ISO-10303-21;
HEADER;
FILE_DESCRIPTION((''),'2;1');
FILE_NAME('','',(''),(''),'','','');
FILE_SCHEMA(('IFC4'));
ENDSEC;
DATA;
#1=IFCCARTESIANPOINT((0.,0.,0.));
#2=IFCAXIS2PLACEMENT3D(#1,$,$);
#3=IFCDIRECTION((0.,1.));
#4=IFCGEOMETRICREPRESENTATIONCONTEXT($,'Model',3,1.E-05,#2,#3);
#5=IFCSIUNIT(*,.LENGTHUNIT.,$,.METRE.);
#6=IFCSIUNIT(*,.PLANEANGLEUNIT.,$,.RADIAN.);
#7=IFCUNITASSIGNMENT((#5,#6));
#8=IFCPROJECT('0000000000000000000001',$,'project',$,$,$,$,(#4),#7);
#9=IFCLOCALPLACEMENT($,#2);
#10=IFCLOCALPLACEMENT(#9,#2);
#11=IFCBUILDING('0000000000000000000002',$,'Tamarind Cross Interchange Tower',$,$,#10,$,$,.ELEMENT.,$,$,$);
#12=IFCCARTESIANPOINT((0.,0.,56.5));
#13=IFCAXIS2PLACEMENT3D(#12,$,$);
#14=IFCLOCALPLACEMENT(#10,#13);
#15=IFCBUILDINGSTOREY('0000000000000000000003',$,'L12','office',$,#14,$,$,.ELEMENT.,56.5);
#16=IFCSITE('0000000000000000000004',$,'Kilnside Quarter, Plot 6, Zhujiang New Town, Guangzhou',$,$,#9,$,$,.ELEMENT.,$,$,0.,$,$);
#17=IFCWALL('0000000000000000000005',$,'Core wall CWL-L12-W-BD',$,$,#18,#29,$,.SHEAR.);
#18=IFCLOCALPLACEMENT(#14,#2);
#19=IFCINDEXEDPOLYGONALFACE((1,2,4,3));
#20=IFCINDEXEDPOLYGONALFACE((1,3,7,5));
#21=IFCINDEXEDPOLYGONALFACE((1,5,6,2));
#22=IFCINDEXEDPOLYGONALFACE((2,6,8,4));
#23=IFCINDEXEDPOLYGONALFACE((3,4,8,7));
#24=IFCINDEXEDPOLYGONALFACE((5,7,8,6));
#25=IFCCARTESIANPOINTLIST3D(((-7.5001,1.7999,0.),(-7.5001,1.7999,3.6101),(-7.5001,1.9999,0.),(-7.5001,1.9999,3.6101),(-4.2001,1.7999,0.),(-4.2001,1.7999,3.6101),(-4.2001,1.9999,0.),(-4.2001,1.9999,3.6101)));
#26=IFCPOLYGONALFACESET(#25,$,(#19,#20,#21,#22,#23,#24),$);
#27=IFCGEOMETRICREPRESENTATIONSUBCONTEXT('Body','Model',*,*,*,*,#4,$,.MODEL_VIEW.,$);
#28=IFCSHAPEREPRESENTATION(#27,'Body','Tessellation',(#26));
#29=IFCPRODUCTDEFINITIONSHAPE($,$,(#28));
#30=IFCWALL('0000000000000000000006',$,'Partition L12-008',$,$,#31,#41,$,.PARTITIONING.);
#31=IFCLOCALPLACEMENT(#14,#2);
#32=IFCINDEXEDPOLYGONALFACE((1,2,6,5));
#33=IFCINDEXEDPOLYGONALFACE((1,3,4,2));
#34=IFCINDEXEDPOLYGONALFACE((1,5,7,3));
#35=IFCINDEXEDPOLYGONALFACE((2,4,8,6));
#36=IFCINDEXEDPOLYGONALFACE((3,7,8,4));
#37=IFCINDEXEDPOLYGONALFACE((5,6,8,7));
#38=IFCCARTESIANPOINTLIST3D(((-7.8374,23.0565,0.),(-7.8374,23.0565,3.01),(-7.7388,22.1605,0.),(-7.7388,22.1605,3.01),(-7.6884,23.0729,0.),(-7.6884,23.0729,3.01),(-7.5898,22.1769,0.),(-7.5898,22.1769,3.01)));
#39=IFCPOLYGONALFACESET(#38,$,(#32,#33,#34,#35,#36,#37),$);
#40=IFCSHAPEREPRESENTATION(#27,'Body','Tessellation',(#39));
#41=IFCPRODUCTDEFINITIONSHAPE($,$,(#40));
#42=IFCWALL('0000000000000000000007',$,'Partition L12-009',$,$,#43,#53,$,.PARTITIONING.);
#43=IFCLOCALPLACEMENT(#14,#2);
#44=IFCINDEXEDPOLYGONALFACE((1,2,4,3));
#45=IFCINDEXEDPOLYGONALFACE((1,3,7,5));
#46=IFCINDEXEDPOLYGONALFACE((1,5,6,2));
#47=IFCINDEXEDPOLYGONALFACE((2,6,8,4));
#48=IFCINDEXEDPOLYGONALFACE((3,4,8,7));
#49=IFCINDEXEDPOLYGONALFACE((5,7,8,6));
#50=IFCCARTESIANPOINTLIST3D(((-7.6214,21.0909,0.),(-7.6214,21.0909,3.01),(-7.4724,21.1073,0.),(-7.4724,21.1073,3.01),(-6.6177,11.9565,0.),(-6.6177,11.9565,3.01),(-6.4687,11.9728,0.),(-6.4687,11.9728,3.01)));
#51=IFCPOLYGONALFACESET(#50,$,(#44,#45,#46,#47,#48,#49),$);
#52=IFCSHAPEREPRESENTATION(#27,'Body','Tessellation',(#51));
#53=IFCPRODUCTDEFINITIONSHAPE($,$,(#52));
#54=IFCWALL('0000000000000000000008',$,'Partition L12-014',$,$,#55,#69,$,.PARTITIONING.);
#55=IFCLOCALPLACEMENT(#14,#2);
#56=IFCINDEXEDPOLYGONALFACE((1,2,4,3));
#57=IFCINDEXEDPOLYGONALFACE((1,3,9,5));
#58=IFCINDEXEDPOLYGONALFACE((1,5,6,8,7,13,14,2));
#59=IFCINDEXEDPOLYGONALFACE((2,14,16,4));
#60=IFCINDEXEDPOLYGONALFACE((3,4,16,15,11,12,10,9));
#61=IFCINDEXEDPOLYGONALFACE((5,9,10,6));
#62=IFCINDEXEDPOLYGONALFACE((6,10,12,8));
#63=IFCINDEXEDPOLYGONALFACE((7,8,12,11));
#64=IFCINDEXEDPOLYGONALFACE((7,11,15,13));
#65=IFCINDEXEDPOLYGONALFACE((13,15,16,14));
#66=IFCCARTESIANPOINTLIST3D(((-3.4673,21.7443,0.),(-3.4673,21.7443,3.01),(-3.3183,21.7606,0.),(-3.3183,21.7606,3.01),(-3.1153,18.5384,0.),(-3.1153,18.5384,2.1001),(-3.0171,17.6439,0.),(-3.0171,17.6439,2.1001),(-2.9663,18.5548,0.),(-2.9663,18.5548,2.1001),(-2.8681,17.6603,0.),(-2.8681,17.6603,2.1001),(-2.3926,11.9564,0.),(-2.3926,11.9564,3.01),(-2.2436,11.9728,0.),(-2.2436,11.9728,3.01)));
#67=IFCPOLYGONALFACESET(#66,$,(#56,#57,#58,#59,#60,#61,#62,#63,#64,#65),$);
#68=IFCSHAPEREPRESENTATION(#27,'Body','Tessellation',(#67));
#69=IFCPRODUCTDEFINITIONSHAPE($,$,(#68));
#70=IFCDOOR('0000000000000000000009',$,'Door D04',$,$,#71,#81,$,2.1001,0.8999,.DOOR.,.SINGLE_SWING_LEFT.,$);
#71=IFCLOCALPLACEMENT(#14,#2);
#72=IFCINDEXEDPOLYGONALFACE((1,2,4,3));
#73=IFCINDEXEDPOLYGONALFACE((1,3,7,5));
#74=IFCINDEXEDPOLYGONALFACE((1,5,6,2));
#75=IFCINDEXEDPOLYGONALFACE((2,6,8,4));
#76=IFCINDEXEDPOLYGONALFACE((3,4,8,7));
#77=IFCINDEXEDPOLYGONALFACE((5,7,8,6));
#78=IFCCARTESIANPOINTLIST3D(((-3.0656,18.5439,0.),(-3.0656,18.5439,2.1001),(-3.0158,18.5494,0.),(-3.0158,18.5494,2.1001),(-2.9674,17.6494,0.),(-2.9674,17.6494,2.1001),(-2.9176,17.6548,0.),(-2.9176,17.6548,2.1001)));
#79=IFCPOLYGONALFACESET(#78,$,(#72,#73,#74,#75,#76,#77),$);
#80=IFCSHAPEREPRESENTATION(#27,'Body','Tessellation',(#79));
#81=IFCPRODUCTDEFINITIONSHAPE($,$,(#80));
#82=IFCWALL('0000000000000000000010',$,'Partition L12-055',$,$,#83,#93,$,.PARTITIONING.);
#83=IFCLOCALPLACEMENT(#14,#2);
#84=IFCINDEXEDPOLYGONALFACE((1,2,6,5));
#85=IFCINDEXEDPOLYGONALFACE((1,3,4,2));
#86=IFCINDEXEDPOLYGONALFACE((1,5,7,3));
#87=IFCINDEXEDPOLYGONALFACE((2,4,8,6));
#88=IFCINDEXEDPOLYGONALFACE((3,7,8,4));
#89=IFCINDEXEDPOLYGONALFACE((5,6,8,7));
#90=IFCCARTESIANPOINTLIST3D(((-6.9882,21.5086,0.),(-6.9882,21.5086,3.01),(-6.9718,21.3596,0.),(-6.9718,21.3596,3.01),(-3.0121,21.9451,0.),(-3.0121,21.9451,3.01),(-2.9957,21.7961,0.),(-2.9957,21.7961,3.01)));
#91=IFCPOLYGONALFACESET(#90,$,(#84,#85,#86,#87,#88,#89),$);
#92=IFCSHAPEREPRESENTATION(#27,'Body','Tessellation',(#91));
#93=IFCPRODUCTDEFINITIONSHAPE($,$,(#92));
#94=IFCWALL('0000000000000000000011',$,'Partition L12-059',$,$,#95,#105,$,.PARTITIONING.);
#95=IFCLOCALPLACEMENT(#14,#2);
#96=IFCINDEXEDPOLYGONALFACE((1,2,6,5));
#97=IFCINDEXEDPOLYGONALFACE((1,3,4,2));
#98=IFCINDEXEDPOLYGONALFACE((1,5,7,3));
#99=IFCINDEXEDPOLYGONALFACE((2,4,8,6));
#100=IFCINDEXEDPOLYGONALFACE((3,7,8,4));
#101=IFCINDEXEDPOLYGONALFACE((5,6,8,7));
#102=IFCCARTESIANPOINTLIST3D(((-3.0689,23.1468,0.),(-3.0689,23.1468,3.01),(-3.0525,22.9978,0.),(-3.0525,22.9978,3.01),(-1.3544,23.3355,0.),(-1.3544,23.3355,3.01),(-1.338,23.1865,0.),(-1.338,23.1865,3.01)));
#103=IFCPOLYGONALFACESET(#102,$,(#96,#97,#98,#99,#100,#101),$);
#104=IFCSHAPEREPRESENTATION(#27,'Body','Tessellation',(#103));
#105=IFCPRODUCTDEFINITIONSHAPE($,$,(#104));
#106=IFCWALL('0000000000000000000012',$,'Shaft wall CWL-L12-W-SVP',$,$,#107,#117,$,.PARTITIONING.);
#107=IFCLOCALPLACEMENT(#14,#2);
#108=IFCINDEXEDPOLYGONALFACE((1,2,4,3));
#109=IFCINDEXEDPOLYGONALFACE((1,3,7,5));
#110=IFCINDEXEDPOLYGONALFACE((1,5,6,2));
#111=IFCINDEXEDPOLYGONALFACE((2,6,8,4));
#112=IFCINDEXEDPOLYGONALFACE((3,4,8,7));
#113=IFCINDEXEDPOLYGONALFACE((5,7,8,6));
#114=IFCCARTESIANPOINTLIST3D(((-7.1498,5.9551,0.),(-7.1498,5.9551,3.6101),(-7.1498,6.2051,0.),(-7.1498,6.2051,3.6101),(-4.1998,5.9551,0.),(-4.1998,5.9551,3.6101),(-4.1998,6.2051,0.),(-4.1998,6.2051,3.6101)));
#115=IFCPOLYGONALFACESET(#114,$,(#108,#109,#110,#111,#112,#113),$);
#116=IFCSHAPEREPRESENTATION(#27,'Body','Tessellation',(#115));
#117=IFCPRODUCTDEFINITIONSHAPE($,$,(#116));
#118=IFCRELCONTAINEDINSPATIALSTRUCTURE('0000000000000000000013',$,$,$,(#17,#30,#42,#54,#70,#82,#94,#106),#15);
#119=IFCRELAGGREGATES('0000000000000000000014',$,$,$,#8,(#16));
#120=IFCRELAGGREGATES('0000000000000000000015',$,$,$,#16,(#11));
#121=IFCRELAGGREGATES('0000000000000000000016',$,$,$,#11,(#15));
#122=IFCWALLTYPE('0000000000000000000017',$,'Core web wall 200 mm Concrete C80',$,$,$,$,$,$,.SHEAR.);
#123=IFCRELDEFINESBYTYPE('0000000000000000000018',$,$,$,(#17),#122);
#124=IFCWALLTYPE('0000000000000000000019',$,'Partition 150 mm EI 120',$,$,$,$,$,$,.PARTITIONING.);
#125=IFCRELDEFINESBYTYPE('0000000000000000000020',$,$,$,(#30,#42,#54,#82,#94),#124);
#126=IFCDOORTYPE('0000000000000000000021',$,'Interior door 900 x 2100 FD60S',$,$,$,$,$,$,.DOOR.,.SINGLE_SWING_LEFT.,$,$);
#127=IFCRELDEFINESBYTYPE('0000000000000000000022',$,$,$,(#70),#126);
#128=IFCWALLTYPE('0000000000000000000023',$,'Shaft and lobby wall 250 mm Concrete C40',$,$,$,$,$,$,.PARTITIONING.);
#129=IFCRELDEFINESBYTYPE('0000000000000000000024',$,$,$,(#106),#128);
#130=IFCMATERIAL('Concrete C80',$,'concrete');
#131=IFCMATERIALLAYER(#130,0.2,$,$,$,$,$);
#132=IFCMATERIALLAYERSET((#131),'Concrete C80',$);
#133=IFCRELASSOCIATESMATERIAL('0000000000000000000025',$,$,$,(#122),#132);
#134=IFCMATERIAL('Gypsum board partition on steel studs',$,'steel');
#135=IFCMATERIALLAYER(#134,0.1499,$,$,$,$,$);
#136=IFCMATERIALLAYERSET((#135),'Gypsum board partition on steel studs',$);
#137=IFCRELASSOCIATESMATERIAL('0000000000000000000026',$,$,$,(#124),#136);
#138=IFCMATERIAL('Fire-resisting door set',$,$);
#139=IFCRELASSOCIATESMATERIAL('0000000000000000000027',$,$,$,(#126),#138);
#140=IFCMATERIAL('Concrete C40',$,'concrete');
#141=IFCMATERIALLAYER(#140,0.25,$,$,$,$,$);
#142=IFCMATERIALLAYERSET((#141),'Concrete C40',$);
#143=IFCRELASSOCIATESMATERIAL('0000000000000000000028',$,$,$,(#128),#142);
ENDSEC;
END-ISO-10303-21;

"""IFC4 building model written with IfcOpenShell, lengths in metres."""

from ifc_helpers import new_model, si_unit, direction, frame, frame_2d, origin, place, context, subcontext, project, spatial, rectangle, extrude, material, layer, layer_set, type_object, element, fill, save


model = new_model("IFC4")

# Units and contexts
model_context = context("Model", 3, precision=1e-05, world=origin(), true_north=direction((0.0, 1.0)))
body_context = subcontext(model_context, "Body", "Model", "MODEL_VIEW")
ifc_project = project(units=[si_unit("LENGTHUNIT", "METRE"), si_unit("PLANEANGLEUNIT", "RADIAN")], contexts=[model_context])

# Site, building, storey
site_placement = place(None, origin())
site = spatial("IfcSite", under=ifc_project, at=site_placement, Name="Kilnside Quarter, Plot 6, Zhujiang New Town, Guangzhou", CompositionType="ELEMENT", RefElevation=0.0)
building_placement = place(site_placement, origin())
building = spatial("IfcBuilding", under=site, at=building_placement, Name="Tamarind Cross Interchange Tower", CompositionType="ELEMENT")
storey_placement = place(building_placement, frame((0.0, 0.0, 56.5)))
storey = spatial("IfcBuildingStorey", under=building, at=storey_placement, Name="L12", Description="office", CompositionType="ELEMENT", Elevation=56.5)

# Walls
ifc_material_1 = material(Name="Concrete C80", Category="concrete")
ifc_layer_1 = layer(ifc_material_1, 0.2)
ifc_layer_set_1 = layer_set([ifc_layer_1], Name="Concrete C80")
wall_type_1 = type_object("IfcWallType", Name="Core web wall 200 mm Concrete C80", PredefinedType="SHEAR", material=ifc_layer_set_1)
wall_1_placement = place(storey_placement, frame((-7.5, 1.8999, 0.0), z_axis=(0.0, 0.0, 1.0), x_axis=(1.0, 0.0, 0.0)))
element("IfcWall", 1, at=wall_1_placement, inside=storey, type_object=wall_type_1, Name="Core wall CWL-L12-W-BD", PredefinedType="SHEAR", context=body_context, shape_type="SweptSolid", body=[
    extrude(rectangle(XDim=3.3, YDim=0.2, at=frame_2d((1.6499, 0.0))), origin(), (0.0, 0.0, 1.0), 3.6101),
])
ifc_material_2 = material(Name="Gypsum board partition on steel studs", Category="steel")
ifc_layer_2 = layer(ifc_material_2, 0.1499)
ifc_layer_set_2 = layer_set([ifc_layer_2], Name="Gypsum board partition on steel studs")
wall_type_2 = type_object("IfcWallType", Name="Partition 150 mm EI 120", PredefinedType="PARTITIONING", material=ifc_layer_set_2)
wall_2_placement = place(storey_placement, frame((-7.7629, 23.0647, 0.0), z_axis=(0.0, 0.0, 1.0), x_axis=(0.109421, -0.993996, 0.0)))
element("IfcWall", 2, at=wall_2_placement, inside=storey, type_object=wall_type_2, Name="Partition L12-008", PredefinedType="PARTITIONING", context=body_context, shape_type="SweptSolid", body=[
    extrude(rectangle(XDim=0.9014, YDim=0.1499, at=frame_2d((0.4507, 0.0))), origin(), (0.0, 0.0, 1.0), 3.01),
])
wall_3_placement = place(storey_placement, frame((-7.5469, 21.0991, 0.0), z_axis=(0.0, 0.0, 1.0), x_axis=(0.109218, -0.994018, 0.0)))
element("IfcWall", 3, at=wall_3_placement, inside=storey, type_object=wall_type_2, Name="Partition L12-009", PredefinedType="PARTITIONING", context=body_context, shape_type="SweptSolid", body=[
    extrude(rectangle(XDim=9.1895, YDim=0.1499, at=frame_2d((4.5947, 0.0))), origin(), (0.0, 0.0, 1.0), 3.01),
])

# Wall, opening, door
wall_4_placement = place(storey_placement, frame((-3.3928, 21.7524, 0.0), z_axis=(0.0, 0.0, 1.0), x_axis=(0.109144, -0.994026, 0.0)))
wall_4 = element("IfcWall", 4, at=wall_4_placement, inside=storey, type_object=wall_type_2, Name="Partition L12-014", PredefinedType="PARTITIONING", context=body_context, shape_type="SweptSolid", body=[
    extrude(rectangle(XDim=9.8467, YDim=0.1499, at=frame_2d((4.9233, 0.0))), origin(), (0.0, 0.0, 1.0), 3.01),
])
opening_placement = place(wall_4_placement, frame((3.2251, 0.0, 0.0)))
opening = element("IfcOpeningElement", 5, at=opening_placement, cuts=wall_4, PredefinedType="OPENING", context=body_context, shape_type="SweptSolid", body=[
    extrude(rectangle(XDim=0.8999, YDim=2.1001, at=frame_2d((0.45, 1.05))), frame((0.0, 0.085, 0.0), z_axis=(0.0, -1.0, 0.0), x_axis=(1.0, 0.0, 0.0)), (0.0, 0.0, 1.0), 0.1699),
])
ifc_material_3 = material(Name="Fire-resisting door set")
door_type = type_object("IfcDoorType", Name="Interior door 900 x 2100 FD60S", OperationType="SINGLE_SWING_LEFT", PredefinedType="DOOR", material=ifc_material_3)
door_placement = place(opening_placement, frame((0.8999, 0.0, 0.0), z_axis=(0.0, 0.0, 1.0), x_axis=(-1.0, 0.0, 0.0)))
door = element("IfcDoor", 6, at=door_placement, inside=storey, type_object=door_type, Name="Door D04", OperationType="SINGLE_SWING_LEFT", OverallHeight=2.1001, OverallWidth=0.8999, PredefinedType="DOOR", context=body_context, shape_type="SweptSolid", body=[
    extrude(rectangle(XDim=0.8999, YDim=2.1001, at=frame_2d((0.45, 1.05))), frame((0.0, 0.0249, 0.0), z_axis=(0.0, -1.0, 0.0), x_axis=(1.0, 0.0, 0.0)), (0.0, 0.0, 1.0), 0.05),
])
fill(opening, door)

# Walls
wall_5_placement = place(storey_placement, frame((-6.98, 21.4341, 0.0), z_axis=(0.0, 0.0, 1.0), x_axis=(0.994027, 0.109132, 0.0)))
element("IfcWall", 7, at=wall_5_placement, inside=storey, type_object=wall_type_2, Name="Partition L12-055", PredefinedType="PARTITIONING", context=body_context, shape_type="SweptSolid", body=[
    extrude(rectangle(XDim=4.0, YDim=0.1499, at=frame_2d((2.0, 0.0))), origin(), (0.0, 0.0, 1.0), 3.01),
])
wall_6_placement = place(storey_placement, frame((-3.0605, 23.0723, 0.0), z_axis=(0.0, 0.0, 1.0), x_axis=(0.993997, 0.109406, 0.0)))
element("IfcWall", 8, at=wall_6_placement, inside=storey, type_object=wall_type_2, Name="Partition L12-059", PredefinedType="PARTITIONING", context=body_context, shape_type="SweptSolid", body=[
    extrude(rectangle(XDim=1.7249, YDim=0.1499, at=frame_2d((0.8623, 0.0))), origin(), (0.0, 0.0, 1.0), 3.01),
])
ifc_material_4 = material(Name="Concrete C40", Category="concrete")
ifc_layer_3 = layer(ifc_material_4, 0.25)
ifc_layer_set_3 = layer_set([ifc_layer_3], Name="Concrete C40")
wall_type_3 = type_object("IfcWallType", Name="Shaft and lobby wall 250 mm Concrete C40", PredefinedType="PARTITIONING", material=ifc_layer_set_3)
wall_7_placement = place(storey_placement, frame((-7.1499, 6.0801, 0.0), z_axis=(0.0, 0.0, 1.0), x_axis=(1.0, 0.0, 0.0)))
element("IfcWall", 9, at=wall_7_placement, inside=storey, type_object=wall_type_3, Name="Shaft wall CWL-L12-W-SVP", PredefinedType="PARTITIONING", context=body_context, shape_type="SweptSolid", body=[
    extrude(rectangle(XDim=2.95, YDim=0.25, at=frame_2d((1.4751, 0.0))), origin(), (0.0, 0.0, 1.0), 3.6101),
])

save(model, "model.ifc")
